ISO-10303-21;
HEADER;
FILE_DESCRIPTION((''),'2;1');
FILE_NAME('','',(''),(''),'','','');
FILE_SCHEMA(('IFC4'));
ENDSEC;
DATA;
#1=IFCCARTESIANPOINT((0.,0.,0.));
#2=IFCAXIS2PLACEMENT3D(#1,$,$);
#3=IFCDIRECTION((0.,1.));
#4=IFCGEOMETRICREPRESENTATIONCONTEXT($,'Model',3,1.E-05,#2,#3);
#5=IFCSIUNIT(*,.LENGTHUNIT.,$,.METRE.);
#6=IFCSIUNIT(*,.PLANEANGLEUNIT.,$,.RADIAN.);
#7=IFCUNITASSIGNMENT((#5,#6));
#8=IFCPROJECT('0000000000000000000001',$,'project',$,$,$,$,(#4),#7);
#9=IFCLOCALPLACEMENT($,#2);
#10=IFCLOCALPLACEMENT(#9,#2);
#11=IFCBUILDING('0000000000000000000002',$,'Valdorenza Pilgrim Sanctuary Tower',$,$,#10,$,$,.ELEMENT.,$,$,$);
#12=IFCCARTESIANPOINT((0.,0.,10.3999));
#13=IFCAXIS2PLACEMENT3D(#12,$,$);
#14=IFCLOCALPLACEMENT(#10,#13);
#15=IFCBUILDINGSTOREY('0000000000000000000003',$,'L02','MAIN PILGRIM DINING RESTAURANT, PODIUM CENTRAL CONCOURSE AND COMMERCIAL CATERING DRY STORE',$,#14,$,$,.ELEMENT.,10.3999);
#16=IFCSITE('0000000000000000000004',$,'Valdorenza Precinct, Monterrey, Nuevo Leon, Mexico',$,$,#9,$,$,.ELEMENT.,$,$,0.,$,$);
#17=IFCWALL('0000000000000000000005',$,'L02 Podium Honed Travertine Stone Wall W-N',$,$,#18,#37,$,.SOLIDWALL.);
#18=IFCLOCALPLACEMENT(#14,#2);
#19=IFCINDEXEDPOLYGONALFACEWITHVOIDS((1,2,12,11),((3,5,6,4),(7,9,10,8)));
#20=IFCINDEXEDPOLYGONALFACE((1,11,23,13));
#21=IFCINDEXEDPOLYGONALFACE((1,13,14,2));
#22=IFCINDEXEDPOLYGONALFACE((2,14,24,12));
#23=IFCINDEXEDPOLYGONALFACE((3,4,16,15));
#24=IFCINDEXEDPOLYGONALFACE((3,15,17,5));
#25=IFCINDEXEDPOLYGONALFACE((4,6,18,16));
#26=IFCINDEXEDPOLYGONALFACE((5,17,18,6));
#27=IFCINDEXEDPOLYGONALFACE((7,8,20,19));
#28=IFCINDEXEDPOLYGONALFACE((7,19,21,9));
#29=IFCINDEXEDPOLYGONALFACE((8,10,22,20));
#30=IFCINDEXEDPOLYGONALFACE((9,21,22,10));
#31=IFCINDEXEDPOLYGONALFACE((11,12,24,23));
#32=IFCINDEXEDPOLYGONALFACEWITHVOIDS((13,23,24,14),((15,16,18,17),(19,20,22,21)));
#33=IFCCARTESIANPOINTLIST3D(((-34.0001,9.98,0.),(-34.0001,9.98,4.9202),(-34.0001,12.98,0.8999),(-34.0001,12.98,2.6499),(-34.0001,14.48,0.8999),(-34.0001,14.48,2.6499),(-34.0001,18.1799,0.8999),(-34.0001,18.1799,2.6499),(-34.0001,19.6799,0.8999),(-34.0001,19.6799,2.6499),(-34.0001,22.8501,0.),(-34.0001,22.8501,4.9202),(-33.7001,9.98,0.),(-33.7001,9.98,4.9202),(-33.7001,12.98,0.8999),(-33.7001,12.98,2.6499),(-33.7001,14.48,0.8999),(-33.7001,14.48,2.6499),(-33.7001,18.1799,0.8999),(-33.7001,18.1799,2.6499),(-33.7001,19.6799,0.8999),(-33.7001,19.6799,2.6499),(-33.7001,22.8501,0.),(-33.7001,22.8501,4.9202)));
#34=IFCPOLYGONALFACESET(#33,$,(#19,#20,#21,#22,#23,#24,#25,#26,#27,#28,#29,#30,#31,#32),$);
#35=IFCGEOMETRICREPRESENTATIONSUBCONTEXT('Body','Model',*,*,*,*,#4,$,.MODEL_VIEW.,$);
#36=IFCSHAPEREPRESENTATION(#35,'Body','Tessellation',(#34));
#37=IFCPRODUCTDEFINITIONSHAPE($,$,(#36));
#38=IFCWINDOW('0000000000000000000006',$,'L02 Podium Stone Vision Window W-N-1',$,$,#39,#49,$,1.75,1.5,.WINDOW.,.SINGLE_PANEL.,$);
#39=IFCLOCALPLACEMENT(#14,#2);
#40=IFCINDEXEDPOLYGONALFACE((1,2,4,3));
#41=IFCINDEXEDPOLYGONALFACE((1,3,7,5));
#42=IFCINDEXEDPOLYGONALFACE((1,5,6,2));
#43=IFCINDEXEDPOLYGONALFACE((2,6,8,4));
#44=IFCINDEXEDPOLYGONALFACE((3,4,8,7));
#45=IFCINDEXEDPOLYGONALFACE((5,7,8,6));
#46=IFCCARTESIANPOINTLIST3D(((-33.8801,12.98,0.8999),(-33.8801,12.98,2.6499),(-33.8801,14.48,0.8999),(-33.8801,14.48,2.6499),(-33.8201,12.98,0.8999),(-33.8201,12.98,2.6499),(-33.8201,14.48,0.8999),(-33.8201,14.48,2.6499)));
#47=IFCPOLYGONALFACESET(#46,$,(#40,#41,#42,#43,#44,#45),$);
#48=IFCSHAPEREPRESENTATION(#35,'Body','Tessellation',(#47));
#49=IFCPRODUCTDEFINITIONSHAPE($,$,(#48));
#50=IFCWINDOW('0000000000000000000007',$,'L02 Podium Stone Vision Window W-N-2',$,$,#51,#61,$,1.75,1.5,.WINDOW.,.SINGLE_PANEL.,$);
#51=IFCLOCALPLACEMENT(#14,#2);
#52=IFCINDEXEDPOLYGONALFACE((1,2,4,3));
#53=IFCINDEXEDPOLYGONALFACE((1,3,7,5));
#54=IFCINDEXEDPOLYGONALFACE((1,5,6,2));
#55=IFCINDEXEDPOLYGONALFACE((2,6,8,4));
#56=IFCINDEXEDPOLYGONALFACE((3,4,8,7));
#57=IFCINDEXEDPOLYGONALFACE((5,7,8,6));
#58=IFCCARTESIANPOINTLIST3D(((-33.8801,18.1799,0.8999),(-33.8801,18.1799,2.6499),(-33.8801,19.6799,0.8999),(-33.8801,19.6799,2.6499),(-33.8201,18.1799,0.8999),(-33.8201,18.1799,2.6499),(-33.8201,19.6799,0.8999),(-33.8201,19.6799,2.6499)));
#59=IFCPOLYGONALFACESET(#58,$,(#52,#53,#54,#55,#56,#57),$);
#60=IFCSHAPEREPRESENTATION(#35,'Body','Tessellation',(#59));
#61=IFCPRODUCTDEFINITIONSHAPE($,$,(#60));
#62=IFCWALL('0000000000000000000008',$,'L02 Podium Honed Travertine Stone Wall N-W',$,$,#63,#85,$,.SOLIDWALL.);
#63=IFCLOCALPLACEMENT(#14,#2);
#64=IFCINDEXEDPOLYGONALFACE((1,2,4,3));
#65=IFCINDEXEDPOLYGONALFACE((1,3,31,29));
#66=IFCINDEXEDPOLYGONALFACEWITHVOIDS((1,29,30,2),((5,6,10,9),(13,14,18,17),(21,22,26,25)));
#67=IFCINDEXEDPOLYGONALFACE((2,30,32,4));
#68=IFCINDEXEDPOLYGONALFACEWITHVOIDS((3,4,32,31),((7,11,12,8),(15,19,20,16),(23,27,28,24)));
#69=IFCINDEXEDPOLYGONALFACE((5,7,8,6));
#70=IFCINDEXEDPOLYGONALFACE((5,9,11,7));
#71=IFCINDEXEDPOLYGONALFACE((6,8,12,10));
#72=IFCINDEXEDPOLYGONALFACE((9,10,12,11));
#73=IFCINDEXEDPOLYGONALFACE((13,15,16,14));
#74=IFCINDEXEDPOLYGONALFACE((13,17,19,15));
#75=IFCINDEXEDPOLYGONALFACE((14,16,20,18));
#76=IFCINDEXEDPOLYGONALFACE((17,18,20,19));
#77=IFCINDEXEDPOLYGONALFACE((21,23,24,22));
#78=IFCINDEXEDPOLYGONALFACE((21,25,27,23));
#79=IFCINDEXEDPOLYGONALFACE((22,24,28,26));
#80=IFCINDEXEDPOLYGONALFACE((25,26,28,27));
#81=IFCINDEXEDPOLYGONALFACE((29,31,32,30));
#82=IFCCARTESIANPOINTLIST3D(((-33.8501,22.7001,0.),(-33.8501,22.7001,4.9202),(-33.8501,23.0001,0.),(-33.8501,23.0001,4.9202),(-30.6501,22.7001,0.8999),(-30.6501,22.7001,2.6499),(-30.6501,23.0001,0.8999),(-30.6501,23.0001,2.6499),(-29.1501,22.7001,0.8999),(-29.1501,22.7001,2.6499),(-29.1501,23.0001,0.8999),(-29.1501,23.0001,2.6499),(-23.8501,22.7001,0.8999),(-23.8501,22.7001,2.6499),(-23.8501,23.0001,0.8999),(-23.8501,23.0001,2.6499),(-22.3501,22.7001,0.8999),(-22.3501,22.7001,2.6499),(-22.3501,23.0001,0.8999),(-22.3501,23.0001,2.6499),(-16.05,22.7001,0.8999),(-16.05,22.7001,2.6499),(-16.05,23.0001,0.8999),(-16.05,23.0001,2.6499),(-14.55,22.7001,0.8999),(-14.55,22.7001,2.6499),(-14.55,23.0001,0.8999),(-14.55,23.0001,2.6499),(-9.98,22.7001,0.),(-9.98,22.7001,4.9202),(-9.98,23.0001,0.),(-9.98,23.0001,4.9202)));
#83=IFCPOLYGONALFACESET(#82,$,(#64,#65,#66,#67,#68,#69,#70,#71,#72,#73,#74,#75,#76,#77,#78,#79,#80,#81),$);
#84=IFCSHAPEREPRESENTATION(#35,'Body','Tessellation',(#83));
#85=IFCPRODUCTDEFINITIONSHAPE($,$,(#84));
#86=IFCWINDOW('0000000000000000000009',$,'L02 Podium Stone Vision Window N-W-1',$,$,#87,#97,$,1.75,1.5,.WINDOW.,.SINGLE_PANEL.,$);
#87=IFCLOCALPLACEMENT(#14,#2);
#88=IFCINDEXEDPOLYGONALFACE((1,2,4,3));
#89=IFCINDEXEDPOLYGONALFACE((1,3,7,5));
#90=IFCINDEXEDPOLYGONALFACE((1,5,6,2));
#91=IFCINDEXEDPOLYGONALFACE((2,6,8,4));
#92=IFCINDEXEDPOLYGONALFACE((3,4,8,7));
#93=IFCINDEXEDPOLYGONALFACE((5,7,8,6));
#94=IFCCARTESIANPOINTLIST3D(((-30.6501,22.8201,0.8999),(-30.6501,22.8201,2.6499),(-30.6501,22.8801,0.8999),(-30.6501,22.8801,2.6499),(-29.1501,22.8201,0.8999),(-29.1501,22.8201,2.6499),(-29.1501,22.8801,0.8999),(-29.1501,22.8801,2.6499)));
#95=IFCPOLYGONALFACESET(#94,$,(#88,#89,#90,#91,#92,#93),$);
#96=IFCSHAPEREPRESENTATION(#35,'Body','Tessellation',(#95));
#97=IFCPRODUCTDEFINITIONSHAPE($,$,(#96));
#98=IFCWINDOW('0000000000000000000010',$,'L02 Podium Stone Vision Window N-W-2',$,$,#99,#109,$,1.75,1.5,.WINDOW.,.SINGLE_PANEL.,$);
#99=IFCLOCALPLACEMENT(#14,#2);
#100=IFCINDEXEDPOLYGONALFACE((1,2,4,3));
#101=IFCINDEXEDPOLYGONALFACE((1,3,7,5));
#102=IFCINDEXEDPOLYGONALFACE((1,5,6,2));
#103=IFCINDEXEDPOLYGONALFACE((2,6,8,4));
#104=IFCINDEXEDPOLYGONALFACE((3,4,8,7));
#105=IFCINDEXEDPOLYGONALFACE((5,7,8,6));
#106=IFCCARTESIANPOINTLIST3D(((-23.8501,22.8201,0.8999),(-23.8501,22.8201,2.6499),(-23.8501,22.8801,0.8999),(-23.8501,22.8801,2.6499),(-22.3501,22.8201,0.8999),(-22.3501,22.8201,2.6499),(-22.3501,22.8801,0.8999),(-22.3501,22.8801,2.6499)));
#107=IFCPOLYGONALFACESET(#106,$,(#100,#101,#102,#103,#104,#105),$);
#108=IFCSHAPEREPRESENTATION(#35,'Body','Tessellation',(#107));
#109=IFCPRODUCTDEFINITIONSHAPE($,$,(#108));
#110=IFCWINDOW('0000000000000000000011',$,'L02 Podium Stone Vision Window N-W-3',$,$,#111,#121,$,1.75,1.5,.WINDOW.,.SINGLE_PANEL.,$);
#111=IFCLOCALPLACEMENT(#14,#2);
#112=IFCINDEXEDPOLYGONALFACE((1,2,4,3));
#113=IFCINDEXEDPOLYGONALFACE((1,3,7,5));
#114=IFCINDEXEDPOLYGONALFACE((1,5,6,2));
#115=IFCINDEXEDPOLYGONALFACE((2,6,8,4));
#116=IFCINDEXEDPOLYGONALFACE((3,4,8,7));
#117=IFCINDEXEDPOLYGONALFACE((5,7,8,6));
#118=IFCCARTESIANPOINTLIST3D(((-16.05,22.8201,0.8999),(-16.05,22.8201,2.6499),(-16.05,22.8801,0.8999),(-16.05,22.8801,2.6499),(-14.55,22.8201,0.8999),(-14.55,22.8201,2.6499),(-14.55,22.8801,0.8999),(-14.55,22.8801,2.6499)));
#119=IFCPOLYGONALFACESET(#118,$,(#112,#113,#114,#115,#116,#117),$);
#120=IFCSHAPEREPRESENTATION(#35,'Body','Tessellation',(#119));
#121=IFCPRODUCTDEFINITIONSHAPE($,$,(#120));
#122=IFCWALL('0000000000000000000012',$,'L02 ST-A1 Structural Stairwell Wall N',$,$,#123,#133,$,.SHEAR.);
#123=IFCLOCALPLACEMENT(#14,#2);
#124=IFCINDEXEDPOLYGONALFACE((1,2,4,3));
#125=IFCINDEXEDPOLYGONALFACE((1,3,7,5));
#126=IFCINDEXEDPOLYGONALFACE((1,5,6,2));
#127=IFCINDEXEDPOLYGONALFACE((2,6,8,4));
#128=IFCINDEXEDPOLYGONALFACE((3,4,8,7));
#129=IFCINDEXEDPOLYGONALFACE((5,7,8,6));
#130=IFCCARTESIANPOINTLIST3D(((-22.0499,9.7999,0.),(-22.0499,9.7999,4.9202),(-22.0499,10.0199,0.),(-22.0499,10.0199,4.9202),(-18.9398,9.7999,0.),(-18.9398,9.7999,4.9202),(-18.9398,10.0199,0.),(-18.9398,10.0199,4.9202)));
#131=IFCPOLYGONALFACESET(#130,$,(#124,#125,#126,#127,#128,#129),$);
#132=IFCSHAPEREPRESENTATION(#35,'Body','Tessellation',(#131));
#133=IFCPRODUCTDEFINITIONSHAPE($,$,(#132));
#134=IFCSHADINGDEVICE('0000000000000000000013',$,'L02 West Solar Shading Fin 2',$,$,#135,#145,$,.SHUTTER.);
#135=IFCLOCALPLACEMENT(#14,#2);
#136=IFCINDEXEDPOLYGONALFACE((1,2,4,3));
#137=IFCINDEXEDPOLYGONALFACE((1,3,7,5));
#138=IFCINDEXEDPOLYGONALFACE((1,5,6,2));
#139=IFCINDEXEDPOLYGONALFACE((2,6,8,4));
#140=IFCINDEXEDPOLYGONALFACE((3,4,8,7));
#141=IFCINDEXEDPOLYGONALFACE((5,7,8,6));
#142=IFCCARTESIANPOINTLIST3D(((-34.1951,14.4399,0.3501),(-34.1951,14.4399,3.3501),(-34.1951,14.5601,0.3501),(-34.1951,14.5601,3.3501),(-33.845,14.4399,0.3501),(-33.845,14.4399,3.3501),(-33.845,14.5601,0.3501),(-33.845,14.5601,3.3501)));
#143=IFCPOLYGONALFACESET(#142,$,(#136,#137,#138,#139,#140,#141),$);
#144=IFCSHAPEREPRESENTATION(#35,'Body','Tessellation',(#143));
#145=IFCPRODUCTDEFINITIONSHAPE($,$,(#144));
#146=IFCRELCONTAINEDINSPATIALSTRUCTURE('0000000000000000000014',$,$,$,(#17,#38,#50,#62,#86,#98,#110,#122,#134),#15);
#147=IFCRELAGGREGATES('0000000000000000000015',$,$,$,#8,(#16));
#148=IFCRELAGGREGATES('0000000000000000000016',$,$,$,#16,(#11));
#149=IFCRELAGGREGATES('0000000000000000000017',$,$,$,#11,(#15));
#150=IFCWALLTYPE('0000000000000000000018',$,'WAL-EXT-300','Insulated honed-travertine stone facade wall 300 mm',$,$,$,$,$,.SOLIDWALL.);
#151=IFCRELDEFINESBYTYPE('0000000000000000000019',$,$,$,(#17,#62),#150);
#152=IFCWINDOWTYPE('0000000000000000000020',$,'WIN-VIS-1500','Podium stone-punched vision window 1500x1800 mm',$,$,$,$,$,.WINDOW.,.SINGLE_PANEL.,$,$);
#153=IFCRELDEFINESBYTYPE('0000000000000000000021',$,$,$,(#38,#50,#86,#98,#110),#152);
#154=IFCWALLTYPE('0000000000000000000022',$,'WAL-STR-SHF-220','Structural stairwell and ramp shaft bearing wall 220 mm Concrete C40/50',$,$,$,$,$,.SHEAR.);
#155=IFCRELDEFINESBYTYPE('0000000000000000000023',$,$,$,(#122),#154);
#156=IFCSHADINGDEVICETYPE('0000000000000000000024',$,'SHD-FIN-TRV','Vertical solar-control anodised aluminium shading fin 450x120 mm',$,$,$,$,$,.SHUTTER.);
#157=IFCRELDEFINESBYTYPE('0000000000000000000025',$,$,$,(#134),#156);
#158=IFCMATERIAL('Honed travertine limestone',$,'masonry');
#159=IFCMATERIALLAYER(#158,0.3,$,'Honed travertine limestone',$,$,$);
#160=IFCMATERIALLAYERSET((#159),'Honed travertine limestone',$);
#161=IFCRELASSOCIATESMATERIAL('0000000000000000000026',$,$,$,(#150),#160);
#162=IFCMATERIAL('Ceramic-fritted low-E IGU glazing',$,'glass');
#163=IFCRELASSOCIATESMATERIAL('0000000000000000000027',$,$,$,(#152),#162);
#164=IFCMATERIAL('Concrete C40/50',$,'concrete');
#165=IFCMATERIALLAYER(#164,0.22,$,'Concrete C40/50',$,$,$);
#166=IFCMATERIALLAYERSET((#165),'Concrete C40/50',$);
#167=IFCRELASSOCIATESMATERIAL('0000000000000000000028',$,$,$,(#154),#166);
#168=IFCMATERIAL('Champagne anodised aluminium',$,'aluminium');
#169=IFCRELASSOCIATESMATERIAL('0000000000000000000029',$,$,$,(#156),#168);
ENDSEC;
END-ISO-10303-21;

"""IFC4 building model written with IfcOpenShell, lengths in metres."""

from ifc_helpers import new_model, si_unit, direction, frame, frame_2d, origin, origin_2d, place, context, subcontext, project, spatial, rectangle, extrude, source, transform, mapped, material, layer, layer_set, type_object, element, fill, save


model = new_model("IFC4")

# Units and contexts
model_context = context("Model", 3, precision=1e-05, world=origin(), true_north=direction((0.0, 1.0)))
body_context = subcontext(model_context, "Body", "Model", "MODEL_VIEW")
ifc_project = project(units=[si_unit("LENGTHUNIT", "METRE"), si_unit("PLANEANGLEUNIT", "RADIAN")], contexts=[model_context])

# Site, building, storey
site_placement = place(None, origin())
site = spatial("IfcSite", under=ifc_project, at=site_placement, Name="Valdorenza Precinct, Monterrey, Nuevo Leon, Mexico", CompositionType="ELEMENT", RefElevation=0.0)
building_placement = place(site_placement, origin())
building = spatial("IfcBuilding", under=site, at=building_placement, Name="Valdorenza Pilgrim Sanctuary Tower", CompositionType="ELEMENT")
storey_placement = place(building_placement, frame((0.0, 0.0, 10.3999)))
storey = spatial("IfcBuildingStorey", under=building, at=storey_placement, Name="L02", Description="MAIN PILGRIM DINING RESTAURANT, PODIUM CENTRAL CONCOURSE AND COMMERCIAL CATERING DRY STORE", CompositionType="ELEMENT", Elevation=10.3999)

# Walls, openings, windows
ifc_material_1 = material(Name="Honed travertine limestone", Category="masonry")
ifc_layer_1 = layer(ifc_material_1, 0.3, Name="Honed travertine limestone")
ifc_layer_set_1 = layer_set([ifc_layer_1], Name="Honed travertine limestone")
wall_type_1 = type_object("IfcWallType", Name="WAL-EXT-300", Description="Insulated honed-travertine stone facade wall 300 mm", PredefinedType="SOLIDWALL", material=ifc_layer_set_1)
wall_1_placement = place(storey_placement, frame((-33.8501, 9.98, 0.0), z_axis=(0.0, 0.0, 1.0), x_axis=(0.0, 1.0, 0.0)))
wall_1 = element("IfcWall", 1, at=wall_1_placement, inside=storey, type_object=wall_type_1, Name="L02 Podium Honed Travertine Stone Wall W-N", PredefinedType="SOLIDWALL", context=body_context, shape_type="SweptSolid", body=[
    extrude(rectangle(XDim=12.8701, YDim=0.3, at=frame_2d((6.4351, 0.0))), origin(), (0.0, 0.0, 1.0), 4.9202),
])
opening_1_placement = place(wall_1_placement, frame((3.0, 0.0, 0.8999)))
opening_1 = element("IfcOpeningElement", 2, at=opening_1_placement, cuts=wall_1, PredefinedType="OPENING", context=body_context, shape_type="SweptSolid", body=[
    extrude(rectangle(XDim=1.5, YDim=1.75, at=frame_2d((0.75, 0.875))), frame((0.0, 0.165, 0.0), z_axis=(0.0, -1.0, 0.0), x_axis=(1.0, 0.0, 0.0)), (0.0, 0.0, 1.0), 0.3298),
])
opening_2_placement = place(wall_1_placement, frame((8.2, 0.0, 0.8999)))
opening_2 = element("IfcOpeningElement", 3, at=opening_2_placement, cuts=wall_1, PredefinedType="OPENING", context=body_context, shape_type="SweptSolid", body=[
    extrude(rectangle(XDim=1.5, YDim=1.75, at=frame_2d((0.75, 0.875))), frame((0.0, 0.165, 0.0), z_axis=(0.0, -1.0, 0.0), x_axis=(1.0, 0.0, 0.0)), (0.0, 0.0, 1.0), 0.3298),
])
ifc_material_2 = material(Name="Ceramic-fritted low-E IGU glazing", Category="glass")
window_type = type_object("IfcWindowType", Name="WIN-VIS-1500", Description="Podium stone-punched vision window 1500x1800 mm", PartitioningType="SINGLE_PANEL", PredefinedType="WINDOW", material=ifc_material_2)
window_1_placement = place(opening_1_placement, origin())
window_1 = element("IfcWindow", 4, at=window_1_placement, inside=storey, type_object=window_type, Name="L02 Podium Stone Vision Window W-N-1", OverallHeight=1.75, OverallWidth=1.5, PartitioningType="SINGLE_PANEL", PredefinedType="WINDOW", context=body_context, shape_type="SweptSolid", body=[
    extrude(rectangle(XDim=1.5, YDim=1.75, at=frame_2d((0.75, 0.875))), frame((0.0, 0.03, 0.0), z_axis=(0.0, -1.0, 0.0), x_axis=(1.0, 0.0, 0.0)), (0.0, 0.0, 1.0), 0.0601),
])
fill(opening_1, window_1)
window_2_placement = place(opening_2_placement, origin())
window_2 = element("IfcWindow", 5, at=window_2_placement, inside=storey, type_object=window_type, Name="L02 Podium Stone Vision Window W-N-2", OverallHeight=1.75, OverallWidth=1.5, PartitioningType="SINGLE_PANEL", PredefinedType="WINDOW", context=body_context, shape_type="SweptSolid", body=[
    extrude(rectangle(XDim=1.5, YDim=1.75, at=frame_2d((0.75, 0.875))), frame((0.0, 0.03, 0.0), z_axis=(0.0, -1.0, 0.0), x_axis=(1.0, 0.0, 0.0)), (0.0, 0.0, 1.0), 0.0601),
])
fill(opening_2, window_2)
wall_2_placement = place(storey_placement, frame((-33.8501, 22.8501, 0.0), z_axis=(0.0, 0.0, 1.0), x_axis=(1.0, 0.0, 0.0)))
wall_2 = element("IfcWall", 6, at=wall_2_placement, inside=storey, type_object=wall_type_1, Name="L02 Podium Honed Travertine Stone Wall N-W", PredefinedType="SOLIDWALL", context=body_context, shape_type="SweptSolid", body=[
    extrude(rectangle(XDim=23.8701, YDim=0.3, at=frame_2d((11.9351, 0.0))), origin(), (0.0, 0.0, 1.0), 4.9202),
])
opening_3_placement = place(wall_2_placement, frame((3.2, 0.0, 0.8999)))
opening_3 = element("IfcOpeningElement", 7, at=opening_3_placement, cuts=wall_2, PredefinedType="OPENING", context=body_context, shape_type="SweptSolid", body=[
    extrude(rectangle(XDim=1.5, YDim=1.75, at=frame_2d((0.75, 0.875))), frame((0.0, 0.165, 0.0), z_axis=(0.0, -1.0, 0.0), x_axis=(1.0, 0.0, 0.0)), (0.0, 0.0, 1.0), 0.3298),
])
opening_4_placement = place(wall_2_placement, frame((10.0, 0.0, 0.8999)))
opening_4 = element("IfcOpeningElement", 8, at=opening_4_placement, cuts=wall_2, PredefinedType="OPENING", context=body_context, shape_type="SweptSolid", body=[
    extrude(rectangle(XDim=1.5, YDim=1.75, at=frame_2d((0.75, 0.875))), frame((0.0, 0.165, 0.0), z_axis=(0.0, -1.0, 0.0), x_axis=(1.0, 0.0, 0.0)), (0.0, 0.0, 1.0), 0.3298),
])
opening_5_placement = place(wall_2_placement, frame((17.8, 0.0, 0.8999)))
opening_5 = element("IfcOpeningElement", 9, at=opening_5_placement, cuts=wall_2, PredefinedType="OPENING", context=body_context, shape_type="SweptSolid", body=[
    extrude(rectangle(XDim=1.5, YDim=1.75, at=frame_2d((0.75, 0.875))), frame((0.0, 0.165, 0.0), z_axis=(0.0, -1.0, 0.0), x_axis=(1.0, 0.0, 0.0)), (0.0, 0.0, 1.0), 0.3298),
])
window_3_placement = place(opening_3_placement, origin())
window_3 = element("IfcWindow", 10, at=window_3_placement, inside=storey, type_object=window_type, Name="L02 Podium Stone Vision Window N-W-1", OverallHeight=1.75, OverallWidth=1.5, PartitioningType="SINGLE_PANEL", PredefinedType="WINDOW", context=body_context, shape_type="SweptSolid", body=[
    extrude(rectangle(XDim=1.5, YDim=1.75, at=frame_2d((0.75, 0.875))), frame((0.0, 0.03, 0.0), z_axis=(0.0, -1.0, 0.0), x_axis=(1.0, 0.0, 0.0)), (0.0, 0.0, 1.0), 0.0601),
])
fill(opening_3, window_3)
window_4_placement = place(opening_4_placement, origin())
window_4 = element("IfcWindow", 11, at=window_4_placement, inside=storey, type_object=window_type, Name="L02 Podium Stone Vision Window N-W-2", OverallHeight=1.75, OverallWidth=1.5, PartitioningType="SINGLE_PANEL", PredefinedType="WINDOW", context=body_context, shape_type="SweptSolid", body=[
    extrude(rectangle(XDim=1.5, YDim=1.75, at=frame_2d((0.75, 0.875))), frame((0.0, 0.03, 0.0), z_axis=(0.0, -1.0, 0.0), x_axis=(1.0, 0.0, 0.0)), (0.0, 0.0, 1.0), 0.0601),
])
fill(opening_4, window_4)
window_5_placement = place(opening_5_placement, origin())
window_5 = element("IfcWindow", 12, at=window_5_placement, inside=storey, type_object=window_type, Name="L02 Podium Stone Vision Window N-W-3", OverallHeight=1.75, OverallWidth=1.5, PartitioningType="SINGLE_PANEL", PredefinedType="WINDOW", context=body_context, shape_type="SweptSolid", body=[
    extrude(rectangle(XDim=1.5, YDim=1.75, at=frame_2d((0.75, 0.875))), frame((0.0, 0.03, 0.0), z_axis=(0.0, -1.0, 0.0), x_axis=(1.0, 0.0, 0.0)), (0.0, 0.0, 1.0), 0.0601),
])
fill(opening_5, window_5)

# Wall
ifc_material_3 = material(Name="Concrete C40/50", Category="concrete")
ifc_layer_2 = layer(ifc_material_3, 0.22, Name="Concrete C40/50")
ifc_layer_set_2 = layer_set([ifc_layer_2], Name="Concrete C40/50")
wall_type_2 = type_object("IfcWallType", Name="WAL-STR-SHF-220", Description="Structural stairwell and ramp shaft bearing wall 220 mm Concrete C40/50", PredefinedType="SHEAR", material=ifc_layer_set_2)
wall_3_placement = place(storey_placement, frame((-22.05, 9.9099, 0.0), z_axis=(0.0, 0.0, 1.0), x_axis=(1.0, 0.0, 0.0)))
element("IfcWall", 13, at=wall_3_placement, inside=storey, type_object=wall_type_2, Name="L02 ST-A1 Structural Stairwell Wall N", PredefinedType="SHEAR", context=body_context, shape_type="SweptSolid", body=[
    extrude(rectangle(XDim=3.1101, YDim=0.22, at=frame_2d((1.5552, 0.0))), origin(), (0.0, 0.0, 1.0), 4.9202),
])

# Shading device
ifc_material_4 = material(Name="Champagne anodised aluminium", Category="aluminium")
shading_device_type = type_object("IfcShadingDeviceType", Name="SHD-FIN-TRV", Description="Vertical solar-control anodised aluminium shading fin 450x120 mm", PredefinedType="SHUTTER", material=ifc_material_4)
shared_shape_1 = source(origin(), body_context, "Body", "SweptSolid", [
    extrude(rectangle(XDim=0.3501, YDim=0.1201, at=origin_2d()), origin(), (0.0, 0.0, 1.0), 3.0),
])
shading_device_placement = place(storey_placement, frame((-34.02, 14.5, 0.3501), z_axis=(0.0, 0.0, 1.0), x_axis=(1.0, 0.0, 0.0)))
element("IfcShadingDevice", 14, at=shading_device_placement, inside=storey, type_object=shading_device_type, Name="L02 West Solar Shading Fin 2", PredefinedType="SHUTTER", context=body_context, shape_type="MappedRepresentation", body=[
    mapped(shared_shape_1, transform((0.0, 0.0, 0.0), x_axis=(1.0, 0.0, 0.0), y_axis=(0.0, 1.0, 0.0), z_axis=(0.0, 0.0, 1.0), scale=1.0)),
])

save(model, "model.ifc")
